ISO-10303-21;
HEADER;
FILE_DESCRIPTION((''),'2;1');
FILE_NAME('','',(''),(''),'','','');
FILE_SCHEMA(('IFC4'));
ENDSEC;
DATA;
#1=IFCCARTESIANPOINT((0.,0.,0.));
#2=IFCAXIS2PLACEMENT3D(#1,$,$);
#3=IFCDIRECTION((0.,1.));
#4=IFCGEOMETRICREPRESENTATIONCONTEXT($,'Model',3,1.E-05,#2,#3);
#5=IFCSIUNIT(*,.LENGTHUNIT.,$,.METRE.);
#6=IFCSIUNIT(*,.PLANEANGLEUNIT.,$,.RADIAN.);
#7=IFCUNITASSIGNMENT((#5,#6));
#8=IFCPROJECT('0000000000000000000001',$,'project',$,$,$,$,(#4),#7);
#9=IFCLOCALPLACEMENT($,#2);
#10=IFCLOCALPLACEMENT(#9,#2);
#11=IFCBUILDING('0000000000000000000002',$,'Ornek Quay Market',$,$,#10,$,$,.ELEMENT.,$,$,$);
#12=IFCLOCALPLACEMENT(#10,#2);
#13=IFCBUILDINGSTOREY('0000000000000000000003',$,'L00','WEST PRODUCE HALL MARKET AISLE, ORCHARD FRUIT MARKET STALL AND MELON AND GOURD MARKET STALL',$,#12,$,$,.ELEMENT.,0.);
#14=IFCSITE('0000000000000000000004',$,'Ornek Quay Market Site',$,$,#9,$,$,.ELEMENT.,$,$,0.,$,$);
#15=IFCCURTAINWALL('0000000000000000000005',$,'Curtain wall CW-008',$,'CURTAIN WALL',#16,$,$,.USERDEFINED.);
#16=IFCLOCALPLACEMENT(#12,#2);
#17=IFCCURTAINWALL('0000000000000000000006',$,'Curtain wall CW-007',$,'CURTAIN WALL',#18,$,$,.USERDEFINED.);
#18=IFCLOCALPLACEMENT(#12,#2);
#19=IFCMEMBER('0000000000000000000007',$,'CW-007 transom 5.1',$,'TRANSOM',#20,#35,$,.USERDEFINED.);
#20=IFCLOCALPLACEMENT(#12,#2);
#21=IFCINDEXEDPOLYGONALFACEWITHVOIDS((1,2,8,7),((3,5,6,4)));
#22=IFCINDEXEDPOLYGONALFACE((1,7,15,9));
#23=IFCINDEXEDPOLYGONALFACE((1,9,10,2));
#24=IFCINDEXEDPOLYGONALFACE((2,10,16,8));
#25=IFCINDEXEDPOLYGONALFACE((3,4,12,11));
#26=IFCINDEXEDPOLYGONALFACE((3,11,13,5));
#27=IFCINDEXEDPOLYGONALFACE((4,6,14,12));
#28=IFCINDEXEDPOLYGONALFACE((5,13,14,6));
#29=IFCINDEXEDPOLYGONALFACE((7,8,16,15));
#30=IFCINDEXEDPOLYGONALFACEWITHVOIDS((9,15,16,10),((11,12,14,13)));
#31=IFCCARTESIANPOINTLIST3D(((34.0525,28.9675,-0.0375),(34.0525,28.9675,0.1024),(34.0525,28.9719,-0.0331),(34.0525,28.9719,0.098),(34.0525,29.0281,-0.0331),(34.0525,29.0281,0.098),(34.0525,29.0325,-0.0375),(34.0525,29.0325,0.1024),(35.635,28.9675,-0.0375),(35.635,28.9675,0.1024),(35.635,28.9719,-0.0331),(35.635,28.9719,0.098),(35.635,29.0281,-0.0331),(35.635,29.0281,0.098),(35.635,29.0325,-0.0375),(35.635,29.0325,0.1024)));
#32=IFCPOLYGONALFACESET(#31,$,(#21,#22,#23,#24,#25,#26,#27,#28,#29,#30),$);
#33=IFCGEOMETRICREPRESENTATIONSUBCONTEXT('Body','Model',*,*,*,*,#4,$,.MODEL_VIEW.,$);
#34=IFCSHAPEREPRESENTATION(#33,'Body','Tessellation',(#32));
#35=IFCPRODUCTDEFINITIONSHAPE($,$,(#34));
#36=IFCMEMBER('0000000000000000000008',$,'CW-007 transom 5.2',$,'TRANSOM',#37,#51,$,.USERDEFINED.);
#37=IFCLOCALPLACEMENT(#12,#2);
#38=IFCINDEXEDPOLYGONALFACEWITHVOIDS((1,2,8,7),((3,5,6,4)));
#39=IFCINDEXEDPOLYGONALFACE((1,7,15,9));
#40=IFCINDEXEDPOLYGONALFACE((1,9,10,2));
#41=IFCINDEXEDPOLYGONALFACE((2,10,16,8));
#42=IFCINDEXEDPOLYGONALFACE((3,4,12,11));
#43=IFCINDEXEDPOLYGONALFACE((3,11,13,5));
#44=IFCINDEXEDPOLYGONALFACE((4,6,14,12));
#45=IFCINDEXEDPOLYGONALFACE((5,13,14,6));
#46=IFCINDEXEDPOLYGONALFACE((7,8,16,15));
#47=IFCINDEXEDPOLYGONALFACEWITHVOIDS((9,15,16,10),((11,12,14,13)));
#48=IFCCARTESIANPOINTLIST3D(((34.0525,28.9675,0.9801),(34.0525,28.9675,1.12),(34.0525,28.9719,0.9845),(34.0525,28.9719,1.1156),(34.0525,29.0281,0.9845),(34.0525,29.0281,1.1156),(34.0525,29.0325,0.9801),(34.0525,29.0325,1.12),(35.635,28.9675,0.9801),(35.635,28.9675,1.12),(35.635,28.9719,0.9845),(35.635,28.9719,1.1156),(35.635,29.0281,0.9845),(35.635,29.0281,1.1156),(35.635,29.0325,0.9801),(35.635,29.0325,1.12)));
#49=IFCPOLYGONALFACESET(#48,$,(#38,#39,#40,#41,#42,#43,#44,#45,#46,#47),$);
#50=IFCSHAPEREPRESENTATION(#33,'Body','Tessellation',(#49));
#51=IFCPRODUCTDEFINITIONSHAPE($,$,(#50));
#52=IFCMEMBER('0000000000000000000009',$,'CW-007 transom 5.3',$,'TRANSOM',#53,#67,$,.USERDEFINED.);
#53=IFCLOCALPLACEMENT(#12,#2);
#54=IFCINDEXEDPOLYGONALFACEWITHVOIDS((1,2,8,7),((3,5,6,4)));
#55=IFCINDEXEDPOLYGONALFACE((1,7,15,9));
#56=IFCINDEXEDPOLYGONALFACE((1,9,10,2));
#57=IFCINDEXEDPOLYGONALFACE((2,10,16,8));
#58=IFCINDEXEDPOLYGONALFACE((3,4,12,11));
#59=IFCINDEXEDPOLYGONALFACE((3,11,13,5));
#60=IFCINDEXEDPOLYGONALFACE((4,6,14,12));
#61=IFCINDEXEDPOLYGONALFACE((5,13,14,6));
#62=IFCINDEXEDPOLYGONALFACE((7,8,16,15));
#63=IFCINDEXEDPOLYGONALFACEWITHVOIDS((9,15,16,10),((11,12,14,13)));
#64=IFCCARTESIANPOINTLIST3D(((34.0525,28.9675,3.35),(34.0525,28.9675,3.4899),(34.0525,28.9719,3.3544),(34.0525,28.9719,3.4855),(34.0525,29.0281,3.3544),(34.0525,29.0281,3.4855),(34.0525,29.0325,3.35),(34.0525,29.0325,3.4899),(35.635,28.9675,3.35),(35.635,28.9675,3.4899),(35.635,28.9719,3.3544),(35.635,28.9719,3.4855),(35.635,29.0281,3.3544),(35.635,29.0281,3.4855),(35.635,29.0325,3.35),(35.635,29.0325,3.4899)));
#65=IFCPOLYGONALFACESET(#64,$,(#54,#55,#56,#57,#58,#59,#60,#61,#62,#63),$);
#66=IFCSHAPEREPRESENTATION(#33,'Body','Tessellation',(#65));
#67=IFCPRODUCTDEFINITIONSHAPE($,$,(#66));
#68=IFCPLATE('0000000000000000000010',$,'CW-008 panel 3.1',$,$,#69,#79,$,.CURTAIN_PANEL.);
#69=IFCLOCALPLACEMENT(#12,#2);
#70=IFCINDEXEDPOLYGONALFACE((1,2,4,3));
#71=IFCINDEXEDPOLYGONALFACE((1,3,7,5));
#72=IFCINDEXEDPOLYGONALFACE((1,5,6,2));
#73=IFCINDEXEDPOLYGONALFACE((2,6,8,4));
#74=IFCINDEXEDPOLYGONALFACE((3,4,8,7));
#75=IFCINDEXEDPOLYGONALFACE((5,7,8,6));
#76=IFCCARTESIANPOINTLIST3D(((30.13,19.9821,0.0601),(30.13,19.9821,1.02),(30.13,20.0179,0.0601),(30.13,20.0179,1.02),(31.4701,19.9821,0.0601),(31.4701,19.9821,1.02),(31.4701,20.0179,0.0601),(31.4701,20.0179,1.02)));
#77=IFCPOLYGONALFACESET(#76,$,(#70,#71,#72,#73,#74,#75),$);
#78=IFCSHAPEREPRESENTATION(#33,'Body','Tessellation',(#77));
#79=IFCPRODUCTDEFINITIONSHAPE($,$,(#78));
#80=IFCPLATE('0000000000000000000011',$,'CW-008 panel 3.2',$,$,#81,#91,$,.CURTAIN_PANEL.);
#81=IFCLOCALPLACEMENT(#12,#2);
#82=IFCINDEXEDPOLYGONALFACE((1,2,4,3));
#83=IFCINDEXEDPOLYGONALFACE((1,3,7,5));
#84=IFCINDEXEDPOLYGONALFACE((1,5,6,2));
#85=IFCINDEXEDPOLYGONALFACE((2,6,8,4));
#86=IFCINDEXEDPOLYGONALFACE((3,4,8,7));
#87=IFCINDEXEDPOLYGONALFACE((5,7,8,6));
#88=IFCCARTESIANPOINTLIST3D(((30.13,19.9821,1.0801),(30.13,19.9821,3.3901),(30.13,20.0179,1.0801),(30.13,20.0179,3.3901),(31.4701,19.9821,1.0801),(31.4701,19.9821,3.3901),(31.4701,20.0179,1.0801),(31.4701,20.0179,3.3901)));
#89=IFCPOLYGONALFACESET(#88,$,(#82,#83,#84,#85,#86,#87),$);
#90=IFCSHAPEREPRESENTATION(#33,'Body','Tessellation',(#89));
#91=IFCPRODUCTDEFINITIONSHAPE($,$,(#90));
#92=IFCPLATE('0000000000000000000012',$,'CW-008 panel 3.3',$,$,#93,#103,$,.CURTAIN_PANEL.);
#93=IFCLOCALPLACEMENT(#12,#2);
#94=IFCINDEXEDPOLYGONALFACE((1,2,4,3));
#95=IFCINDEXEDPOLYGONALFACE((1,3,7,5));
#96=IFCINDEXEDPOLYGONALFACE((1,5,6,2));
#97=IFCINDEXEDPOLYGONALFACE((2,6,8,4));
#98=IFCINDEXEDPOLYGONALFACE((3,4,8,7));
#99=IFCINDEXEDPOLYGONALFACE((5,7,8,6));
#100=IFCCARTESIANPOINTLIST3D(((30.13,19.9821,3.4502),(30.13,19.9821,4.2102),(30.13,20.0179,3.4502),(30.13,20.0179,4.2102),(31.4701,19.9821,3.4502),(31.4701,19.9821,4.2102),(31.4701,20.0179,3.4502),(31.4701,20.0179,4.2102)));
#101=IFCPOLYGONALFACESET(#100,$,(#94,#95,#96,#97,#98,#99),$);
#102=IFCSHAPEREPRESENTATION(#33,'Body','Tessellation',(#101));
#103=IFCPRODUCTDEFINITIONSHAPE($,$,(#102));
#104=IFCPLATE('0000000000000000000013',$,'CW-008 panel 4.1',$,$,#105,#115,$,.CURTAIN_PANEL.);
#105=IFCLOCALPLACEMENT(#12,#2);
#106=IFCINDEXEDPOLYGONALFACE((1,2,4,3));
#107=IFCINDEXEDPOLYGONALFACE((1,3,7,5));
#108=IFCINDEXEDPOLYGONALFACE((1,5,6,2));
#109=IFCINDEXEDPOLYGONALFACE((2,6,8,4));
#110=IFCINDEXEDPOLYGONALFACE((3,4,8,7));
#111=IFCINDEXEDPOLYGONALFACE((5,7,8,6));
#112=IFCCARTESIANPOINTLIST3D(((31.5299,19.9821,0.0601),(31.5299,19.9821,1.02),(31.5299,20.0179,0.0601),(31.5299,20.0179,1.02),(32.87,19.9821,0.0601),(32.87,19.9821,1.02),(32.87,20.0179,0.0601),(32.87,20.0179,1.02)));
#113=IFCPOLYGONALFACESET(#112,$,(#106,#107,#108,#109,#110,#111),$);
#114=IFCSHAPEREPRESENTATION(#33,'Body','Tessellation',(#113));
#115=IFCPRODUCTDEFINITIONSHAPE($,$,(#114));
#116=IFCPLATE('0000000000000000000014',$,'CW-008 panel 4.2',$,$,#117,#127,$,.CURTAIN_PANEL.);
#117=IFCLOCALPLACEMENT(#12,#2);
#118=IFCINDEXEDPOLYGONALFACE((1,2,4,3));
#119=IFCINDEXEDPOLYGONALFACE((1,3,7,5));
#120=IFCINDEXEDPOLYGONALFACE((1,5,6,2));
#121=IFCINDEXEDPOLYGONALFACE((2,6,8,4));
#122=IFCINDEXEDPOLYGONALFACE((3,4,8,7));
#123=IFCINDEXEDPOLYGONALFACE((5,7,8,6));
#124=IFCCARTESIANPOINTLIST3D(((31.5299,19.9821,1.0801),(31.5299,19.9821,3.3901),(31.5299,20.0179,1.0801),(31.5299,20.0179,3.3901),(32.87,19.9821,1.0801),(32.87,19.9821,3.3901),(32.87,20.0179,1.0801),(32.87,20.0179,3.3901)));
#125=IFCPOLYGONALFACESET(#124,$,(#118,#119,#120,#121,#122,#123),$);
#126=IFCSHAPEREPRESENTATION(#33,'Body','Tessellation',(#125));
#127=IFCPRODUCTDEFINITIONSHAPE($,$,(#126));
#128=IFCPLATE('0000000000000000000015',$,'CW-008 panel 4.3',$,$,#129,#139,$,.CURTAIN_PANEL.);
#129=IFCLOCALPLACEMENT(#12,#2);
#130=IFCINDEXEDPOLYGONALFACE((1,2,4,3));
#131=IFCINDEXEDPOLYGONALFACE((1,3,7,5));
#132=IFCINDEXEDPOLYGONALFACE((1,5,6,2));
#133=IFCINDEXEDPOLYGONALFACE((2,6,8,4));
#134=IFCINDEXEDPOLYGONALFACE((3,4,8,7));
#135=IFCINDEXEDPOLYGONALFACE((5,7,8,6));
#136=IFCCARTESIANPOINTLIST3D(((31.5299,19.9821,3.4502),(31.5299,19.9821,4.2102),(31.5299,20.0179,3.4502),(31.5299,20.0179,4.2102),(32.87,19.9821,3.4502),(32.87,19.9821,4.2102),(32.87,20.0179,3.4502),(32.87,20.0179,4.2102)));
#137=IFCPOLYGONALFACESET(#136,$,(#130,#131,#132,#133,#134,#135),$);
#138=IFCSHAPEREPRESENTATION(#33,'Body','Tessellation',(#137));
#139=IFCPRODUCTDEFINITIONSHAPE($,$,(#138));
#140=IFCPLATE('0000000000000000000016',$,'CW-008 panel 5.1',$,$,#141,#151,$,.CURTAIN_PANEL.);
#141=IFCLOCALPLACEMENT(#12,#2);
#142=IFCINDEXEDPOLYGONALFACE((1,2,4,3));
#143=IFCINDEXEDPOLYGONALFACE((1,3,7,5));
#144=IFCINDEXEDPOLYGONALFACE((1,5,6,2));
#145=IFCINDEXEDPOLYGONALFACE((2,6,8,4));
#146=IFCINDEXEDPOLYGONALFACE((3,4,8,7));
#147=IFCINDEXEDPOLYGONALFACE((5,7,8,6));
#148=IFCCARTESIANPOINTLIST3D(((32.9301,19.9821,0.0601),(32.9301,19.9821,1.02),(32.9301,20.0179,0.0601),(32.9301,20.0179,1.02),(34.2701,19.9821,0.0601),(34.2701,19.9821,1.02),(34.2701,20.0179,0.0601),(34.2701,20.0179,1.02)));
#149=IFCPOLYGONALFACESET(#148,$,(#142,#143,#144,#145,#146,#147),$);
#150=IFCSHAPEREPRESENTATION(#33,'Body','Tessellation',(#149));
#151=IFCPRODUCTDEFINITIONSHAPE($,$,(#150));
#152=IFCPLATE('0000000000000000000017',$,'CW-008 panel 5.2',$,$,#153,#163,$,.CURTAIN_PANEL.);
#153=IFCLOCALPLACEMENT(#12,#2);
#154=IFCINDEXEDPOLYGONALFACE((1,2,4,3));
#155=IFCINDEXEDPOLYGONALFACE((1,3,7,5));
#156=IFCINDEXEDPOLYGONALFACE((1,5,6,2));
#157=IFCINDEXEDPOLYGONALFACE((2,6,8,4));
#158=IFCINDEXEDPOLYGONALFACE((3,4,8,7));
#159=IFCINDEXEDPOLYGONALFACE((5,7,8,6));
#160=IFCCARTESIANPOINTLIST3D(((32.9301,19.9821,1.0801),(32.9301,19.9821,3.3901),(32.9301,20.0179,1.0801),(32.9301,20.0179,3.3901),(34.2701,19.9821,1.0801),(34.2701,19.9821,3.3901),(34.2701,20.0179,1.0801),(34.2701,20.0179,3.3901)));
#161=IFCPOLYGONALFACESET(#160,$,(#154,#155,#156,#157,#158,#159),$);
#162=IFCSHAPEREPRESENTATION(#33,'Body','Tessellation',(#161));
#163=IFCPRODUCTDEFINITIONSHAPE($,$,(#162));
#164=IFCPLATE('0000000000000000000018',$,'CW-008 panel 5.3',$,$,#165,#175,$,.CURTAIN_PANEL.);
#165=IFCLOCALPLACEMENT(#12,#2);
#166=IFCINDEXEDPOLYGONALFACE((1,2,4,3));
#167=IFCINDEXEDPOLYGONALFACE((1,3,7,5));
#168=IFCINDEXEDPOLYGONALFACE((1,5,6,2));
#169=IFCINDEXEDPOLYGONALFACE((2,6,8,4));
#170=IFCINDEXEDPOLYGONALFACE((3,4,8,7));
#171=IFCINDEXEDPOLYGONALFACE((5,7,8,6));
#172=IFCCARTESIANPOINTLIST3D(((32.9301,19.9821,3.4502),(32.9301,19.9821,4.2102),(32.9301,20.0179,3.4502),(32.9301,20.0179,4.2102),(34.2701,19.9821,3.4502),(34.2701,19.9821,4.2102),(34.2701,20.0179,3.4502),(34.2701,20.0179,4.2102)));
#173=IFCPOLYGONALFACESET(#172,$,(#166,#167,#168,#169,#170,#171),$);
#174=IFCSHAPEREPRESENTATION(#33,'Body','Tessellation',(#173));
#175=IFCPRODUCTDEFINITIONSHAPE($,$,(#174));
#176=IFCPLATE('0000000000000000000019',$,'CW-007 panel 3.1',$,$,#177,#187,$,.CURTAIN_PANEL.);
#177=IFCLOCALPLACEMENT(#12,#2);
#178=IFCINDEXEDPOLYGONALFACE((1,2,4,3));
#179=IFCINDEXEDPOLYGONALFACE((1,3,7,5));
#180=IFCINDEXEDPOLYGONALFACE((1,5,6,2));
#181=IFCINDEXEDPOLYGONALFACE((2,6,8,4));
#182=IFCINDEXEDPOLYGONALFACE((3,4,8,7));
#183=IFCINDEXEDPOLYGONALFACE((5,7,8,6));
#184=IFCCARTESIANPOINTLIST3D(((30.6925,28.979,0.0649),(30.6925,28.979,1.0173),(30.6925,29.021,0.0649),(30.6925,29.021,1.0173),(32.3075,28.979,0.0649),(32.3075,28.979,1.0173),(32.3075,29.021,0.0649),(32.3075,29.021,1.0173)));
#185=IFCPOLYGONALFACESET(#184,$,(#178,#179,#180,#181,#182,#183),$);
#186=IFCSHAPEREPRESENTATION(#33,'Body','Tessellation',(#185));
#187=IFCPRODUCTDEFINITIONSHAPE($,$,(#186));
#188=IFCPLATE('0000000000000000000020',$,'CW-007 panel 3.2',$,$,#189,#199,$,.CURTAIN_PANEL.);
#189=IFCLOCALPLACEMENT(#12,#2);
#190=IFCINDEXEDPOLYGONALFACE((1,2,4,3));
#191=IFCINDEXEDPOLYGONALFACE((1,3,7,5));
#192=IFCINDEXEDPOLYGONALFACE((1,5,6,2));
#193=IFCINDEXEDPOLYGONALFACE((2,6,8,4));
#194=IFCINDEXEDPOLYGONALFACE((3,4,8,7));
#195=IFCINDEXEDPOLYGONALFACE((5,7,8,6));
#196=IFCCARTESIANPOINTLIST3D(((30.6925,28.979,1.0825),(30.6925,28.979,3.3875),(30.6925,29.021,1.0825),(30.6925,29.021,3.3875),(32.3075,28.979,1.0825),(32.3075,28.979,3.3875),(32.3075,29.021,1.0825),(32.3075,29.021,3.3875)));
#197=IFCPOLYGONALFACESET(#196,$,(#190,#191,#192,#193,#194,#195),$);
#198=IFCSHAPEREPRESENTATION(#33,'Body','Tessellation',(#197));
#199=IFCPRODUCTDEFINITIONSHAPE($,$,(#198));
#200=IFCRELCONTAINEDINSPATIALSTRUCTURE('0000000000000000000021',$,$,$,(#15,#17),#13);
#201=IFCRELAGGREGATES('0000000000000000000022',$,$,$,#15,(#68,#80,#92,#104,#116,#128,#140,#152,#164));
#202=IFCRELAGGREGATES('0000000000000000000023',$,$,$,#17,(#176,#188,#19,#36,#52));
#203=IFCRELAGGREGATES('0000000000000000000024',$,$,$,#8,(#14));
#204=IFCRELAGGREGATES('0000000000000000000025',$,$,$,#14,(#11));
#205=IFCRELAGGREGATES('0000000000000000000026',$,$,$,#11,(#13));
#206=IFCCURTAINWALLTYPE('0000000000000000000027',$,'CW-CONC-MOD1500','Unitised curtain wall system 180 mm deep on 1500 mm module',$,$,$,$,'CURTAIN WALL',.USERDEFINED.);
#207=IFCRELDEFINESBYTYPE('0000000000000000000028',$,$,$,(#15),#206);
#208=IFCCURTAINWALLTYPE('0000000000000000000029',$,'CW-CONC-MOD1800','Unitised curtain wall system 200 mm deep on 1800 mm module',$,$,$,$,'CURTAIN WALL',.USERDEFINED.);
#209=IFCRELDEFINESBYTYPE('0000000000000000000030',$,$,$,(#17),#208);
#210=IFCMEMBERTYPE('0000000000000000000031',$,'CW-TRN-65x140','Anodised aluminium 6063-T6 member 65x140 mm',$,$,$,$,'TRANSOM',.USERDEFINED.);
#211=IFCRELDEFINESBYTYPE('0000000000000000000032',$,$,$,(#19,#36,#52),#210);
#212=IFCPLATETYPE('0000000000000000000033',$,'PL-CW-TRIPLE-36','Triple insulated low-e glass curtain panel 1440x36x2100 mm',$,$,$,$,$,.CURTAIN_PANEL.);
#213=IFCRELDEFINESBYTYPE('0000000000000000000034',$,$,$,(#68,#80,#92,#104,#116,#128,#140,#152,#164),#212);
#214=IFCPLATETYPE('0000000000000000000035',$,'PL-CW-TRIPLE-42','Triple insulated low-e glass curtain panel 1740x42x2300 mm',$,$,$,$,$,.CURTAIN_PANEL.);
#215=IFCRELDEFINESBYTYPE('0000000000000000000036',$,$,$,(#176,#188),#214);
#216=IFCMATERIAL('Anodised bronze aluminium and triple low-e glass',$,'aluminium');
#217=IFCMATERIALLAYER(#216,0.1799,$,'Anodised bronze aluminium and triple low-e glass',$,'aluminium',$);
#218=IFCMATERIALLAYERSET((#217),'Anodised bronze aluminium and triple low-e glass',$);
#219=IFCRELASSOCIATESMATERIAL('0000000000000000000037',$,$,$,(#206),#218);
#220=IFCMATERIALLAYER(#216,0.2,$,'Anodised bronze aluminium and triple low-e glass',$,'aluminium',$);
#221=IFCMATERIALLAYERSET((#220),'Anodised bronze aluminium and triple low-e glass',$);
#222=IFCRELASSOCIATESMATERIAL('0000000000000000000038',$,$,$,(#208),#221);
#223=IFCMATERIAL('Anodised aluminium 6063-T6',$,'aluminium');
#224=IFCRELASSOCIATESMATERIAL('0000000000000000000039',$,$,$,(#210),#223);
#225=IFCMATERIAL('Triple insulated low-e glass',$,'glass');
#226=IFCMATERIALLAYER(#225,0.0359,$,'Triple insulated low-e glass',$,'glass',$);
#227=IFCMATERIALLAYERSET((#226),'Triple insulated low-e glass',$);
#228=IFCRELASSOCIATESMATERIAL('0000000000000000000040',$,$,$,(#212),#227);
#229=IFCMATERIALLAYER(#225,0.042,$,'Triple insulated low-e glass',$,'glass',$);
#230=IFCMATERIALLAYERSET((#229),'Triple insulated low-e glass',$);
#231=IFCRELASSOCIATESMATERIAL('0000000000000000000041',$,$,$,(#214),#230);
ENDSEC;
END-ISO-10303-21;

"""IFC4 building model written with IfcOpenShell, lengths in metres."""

from ifc_helpers import new_model, si_unit, direction, frame, origin, origin_2d, place, context, subcontext, project, spatial, rectangle, hollow_rectangle, extrude, material, layer, layer_set, material_profile, profile_set, type_object, element, aggregate, save


model = new_model("IFC4")

# Units and contexts
model_context = context("Model", 3, precision=1e-05, world=origin(), true_north=direction((0.0, 1.0)))
body_context = subcontext(model_context, "Body", "Model", "MODEL_VIEW")
ifc_project = project(units=[si_unit("LENGTHUNIT", "METRE"), si_unit("PLANEANGLEUNIT", "RADIAN")], contexts=[model_context])

# Site, building, storey
site_placement = place(None, origin())
site = spatial("IfcSite", under=ifc_project, at=site_placement, Name="Ornek Quay Market Site", CompositionType="ELEMENT", RefElevation=0.0)
building_placement = place(site_placement, origin())
building = spatial("IfcBuilding", under=site, at=building_placement, Name="Ornek Quay Market", CompositionType="ELEMENT")
storey_placement = place(building_placement, origin())
storey = spatial("IfcBuildingStorey", under=building, at=storey_placement, Name="L00", Description="WEST PRODUCE HALL MARKET AISLE, ORCHARD FRUIT MARKET STALL AND MELON AND GOURD MARKET STALL", CompositionType="ELEMENT", Elevation=0.0)

# Curtain walls
ifc_material_1 = material(Name="Anodised bronze aluminium and triple low-e glass", Category="aluminium")
ifc_layer_1 = layer(ifc_material_1, 0.1799, Name="Anodised bronze aluminium and triple low-e glass", Category="aluminium")
ifc_layer_set_1 = layer_set([ifc_layer_1], Name="Anodised bronze aluminium and triple low-e glass")
curtain_wall_type_1 = type_object("IfcCurtainWallType", Name="CW-CONC-MOD1500", Description="Unitised curtain wall system 180 mm deep on 1500 mm module", ElementType="CURTAIN WALL", PredefinedType="USERDEFINED", material=ifc_layer_set_1)
curtain_wall_1_placement = place(storey_placement, origin())
curtain_wall_1 = element("IfcCurtainWall", 1, at=curtain_wall_1_placement, inside=storey, type_object=curtain_wall_type_1, Name="Curtain wall CW-008", ObjectType="CURTAIN WALL", PredefinedType="USERDEFINED")
ifc_material_2 = material(Name="Anodised aluminium 6063-T6", Category="aluminium")
ifc_layer_2 = layer(ifc_material_1, 0.2, Name="Anodised bronze aluminium and triple low-e glass", Category="aluminium")
ifc_layer_set_2 = layer_set([ifc_layer_2], Name="Anodised bronze aluminium and triple low-e glass")
curtain_wall_type_2 = type_object("IfcCurtainWallType", Name="CW-CONC-MOD1800", Description="Unitised curtain wall system 200 mm deep on 1800 mm module", ElementType="CURTAIN WALL", PredefinedType="USERDEFINED", material=ifc_layer_set_2)
curtain_wall_2_placement = place(storey_placement, origin())
curtain_wall_2 = element("IfcCurtainWall", 2, at=curtain_wall_2_placement, inside=storey, type_object=curtain_wall_type_2, Name="Curtain wall CW-007", ObjectType="CURTAIN WALL", PredefinedType="USERDEFINED")

# Members
ifc_material_profile_1 = material_profile(ifc_material_2, hollow_rectangle(XDim=0.0649, YDim=0.1399, WallThickness=0.0044, at=origin_2d()), Name="CW-TRN-65x140", Category="aluminium")
ifc_profile_set_1 = profile_set([ifc_material_profile_1], Name="Anodised aluminium 6063-T6")
member_type_1 = type_object("IfcMemberType", Name="CW-TRN-65x140", Description="Anodised aluminium 6063-T6 member 65x140 mm", ElementType="TRANSOM", PredefinedType="USERDEFINED", material=ifc_profile_set_1)
member_1_placement = place(storey_placement, frame((34.0525, 29.0, 0.0325), z_axis=(1.0, 0.0, 0.0), x_axis=(0.0, 1.0, 0.0)))
member_1 = element("IfcMember", 3, at=member_1_placement, type_object=member_type_1, Name="CW-007 transom 5.1", ObjectType="TRANSOM", PredefinedType="USERDEFINED", context=body_context, shape_type="SweptSolid", body=[
    extrude(hollow_rectangle(XDim=0.0649, YDim=0.1399, WallThickness=0.0044, at=origin_2d()), origin(), (0.0, 0.0, 1.0), 1.5825),
])
member_2_placement = place(storey_placement, frame((34.0525, 29.0, 1.05), z_axis=(1.0, 0.0, 0.0), x_axis=(0.0, 1.0, 0.0)))
member_2 = element("IfcMember", 4, at=member_2_placement, type_object=member_type_1, Name="CW-007 transom 5.2", ObjectType="TRANSOM", PredefinedType="USERDEFINED", context=body_context, shape_type="SweptSolid", body=[
    extrude(hollow_rectangle(XDim=0.0649, YDim=0.1399, WallThickness=0.0044, at=origin_2d()), origin(), (0.0, 0.0, 1.0), 1.5825),
])
member_3_placement = place(storey_placement, frame((34.0525, 29.0, 3.4199), z_axis=(1.0, 0.0, 0.0), x_axis=(0.0, 1.0, 0.0)))
member_3 = element("IfcMember", 5, at=member_3_placement, type_object=member_type_1, Name="CW-007 transom 5.3", ObjectType="TRANSOM", PredefinedType="USERDEFINED", context=body_context, shape_type="SweptSolid", body=[
    extrude(hollow_rectangle(XDim=0.0649, YDim=0.1399, WallThickness=0.0044, at=origin_2d()), origin(), (0.0, 0.0, 1.0), 1.5825),
])

# Plates
ifc_material_3 = material(Name="Triple insulated low-e glass", Category="glass")
ifc_layer_3 = layer(ifc_material_3, 0.0359, Name="Triple insulated low-e glass", Category="glass")
ifc_layer_set_3 = layer_set([ifc_layer_3], Name="Triple insulated low-e glass")
plate_type_1 = type_object("IfcPlateType", Name="PL-CW-TRIPLE-36", Description="Triple insulated low-e glass curtain panel 1440x36x2100 mm", PredefinedType="CURTAIN_PANEL", material=ifc_layer_set_3)
plate_1_placement = place(storey_placement, frame((30.8, 20.0, 0.0601), z_axis=(0.0, 0.0, 1.0), x_axis=(1.0, 0.0, 0.0)))
plate_1 = element("IfcPlate", 6, at=plate_1_placement, type_object=plate_type_1, Name="CW-008 panel 3.1", PredefinedType="CURTAIN_PANEL", context=body_context, shape_type="SweptSolid", body=[
    extrude(rectangle(XDim=1.3401, YDim=0.0359, at=origin_2d()), origin(), (0.0, 0.0, 1.0), 0.96),
])
plate_2_placement = place(storey_placement, frame((30.8, 20.0, 1.0801), z_axis=(0.0, 0.0, 1.0), x_axis=(1.0, 0.0, 0.0)))
plate_2 = element("IfcPlate", 7, at=plate_2_placement, type_object=plate_type_1, Name="CW-008 panel 3.2", PredefinedType="CURTAIN_PANEL", context=body_context, shape_type="SweptSolid", body=[
    extrude(rectangle(XDim=1.3401, YDim=0.0359, at=origin_2d()), origin(), (0.0, 0.0, 1.0), 2.3101),
])
plate_3_placement = place(storey_placement, frame((30.8, 20.0, 3.4502), z_axis=(0.0, 0.0, 1.0), x_axis=(1.0, 0.0, 0.0)))
plate_3 = element("IfcPlate", 8, at=plate_3_placement, type_object=plate_type_1, Name="CW-008 panel 3.3", PredefinedType="CURTAIN_PANEL", context=body_context, shape_type="SweptSolid", body=[
    extrude(rectangle(XDim=1.3401, YDim=0.0359, at=origin_2d()), origin(), (0.0, 0.0, 1.0), 0.76),
])
plate_4_placement = place(storey_placement, frame((32.2, 20.0, 0.0601), z_axis=(0.0, 0.0, 1.0), x_axis=(1.0, 0.0, 0.0)))
plate_4 = element("IfcPlate", 9, at=plate_4_placement, type_object=plate_type_1, Name="CW-008 panel 4.1", PredefinedType="CURTAIN_PANEL", context=body_context, shape_type="SweptSolid", body=[
    extrude(rectangle(XDim=1.3401, YDim=0.0359, at=origin_2d()), origin(), (0.0, 0.0, 1.0), 0.96),
])
plate_5_placement = place(storey_placement, frame((32.2, 20.0, 1.0801), z_axis=(0.0, 0.0, 1.0), x_axis=(1.0, 0.0, 0.0)))
plate_5 = element("IfcPlate", 10, at=plate_5_placement, type_object=plate_type_1, Name="CW-008 panel 4.2", PredefinedType="CURTAIN_PANEL", context=body_context, shape_type="SweptSolid", body=[
    extrude(rectangle(XDim=1.3401, YDim=0.0359, at=origin_2d()), origin(), (0.0, 0.0, 1.0), 2.3101),
])
plate_6_placement = place(storey_placement, frame((32.2, 20.0, 3.4502), z_axis=(0.0, 0.0, 1.0), x_axis=(1.0, 0.0, 0.0)))
plate_6 = element("IfcPlate", 11, at=plate_6_placement, type_object=plate_type_1, Name="CW-008 panel 4.3", PredefinedType="CURTAIN_PANEL", context=body_context, shape_type="SweptSolid", body=[
    extrude(rectangle(XDim=1.3401, YDim=0.0359, at=origin_2d()), origin(), (0.0, 0.0, 1.0), 0.76),
])
plate_7_placement = place(storey_placement, frame((33.6001, 20.0, 0.0601), z_axis=(0.0, 0.0, 1.0), x_axis=(1.0, 0.0, 0.0)))
plate_7 = element("IfcPlate", 12, at=plate_7_placement, type_object=plate_type_1, Name="CW-008 panel 5.1", PredefinedType="CURTAIN_PANEL", context=body_context, shape_type="SweptSolid", body=[
    extrude(rectangle(XDim=1.3401, YDim=0.0359, at=origin_2d()), origin(), (0.0, 0.0, 1.0), 0.96),
])
plate_8_placement = place(storey_placement, frame((33.6001, 20.0, 1.0801), z_axis=(0.0, 0.0, 1.0), x_axis=(1.0, 0.0, 0.0)))
plate_8 = element("IfcPlate", 13, at=plate_8_placement, type_object=plate_type_1, Name="CW-008 panel 5.2", PredefinedType="CURTAIN_PANEL", context=body_context, shape_type="SweptSolid", body=[
    extrude(rectangle(XDim=1.3401, YDim=0.0359, at=origin_2d()), origin(), (0.0, 0.0, 1.0), 2.3101),
])
plate_9_placement = place(storey_placement, frame((33.6001, 20.0, 3.4502), z_axis=(0.0, 0.0, 1.0), x_axis=(1.0, 0.0, 0.0)))
plate_9 = element("IfcPlate", 14, at=plate_9_placement, type_object=plate_type_1, Name="CW-008 panel 5.3", PredefinedType="CURTAIN_PANEL", context=body_context, shape_type="SweptSolid", body=[
    extrude(rectangle(XDim=1.3401, YDim=0.0359, at=origin_2d()), origin(), (0.0, 0.0, 1.0), 0.76),
])
aggregate(curtain_wall_1, [plate_1, plate_2, plate_3, plate_4, plate_5, plate_6, plate_7, plate_8, plate_9])
ifc_layer_4 = layer(ifc_material_3, 0.042, Name="Triple insulated low-e glass", Category="glass")
ifc_layer_set_4 = layer_set([ifc_layer_4], Name="Triple insulated low-e glass")
plate_type_2 = type_object("IfcPlateType", Name="PL-CW-TRIPLE-42", Description="Triple insulated low-e glass curtain panel 1740x42x2300 mm", PredefinedType="CURTAIN_PANEL", material=ifc_layer_set_4)
plate_10_placement = place(storey_placement, frame((31.5, 29.0, 0.0649), z_axis=(0.0, 0.0, 1.0), x_axis=(1.0, 0.0, 0.0)))
plate_10 = element("IfcPlate", 15, at=plate_10_placement, type_object=plate_type_2, Name="CW-007 panel 3.1", PredefinedType="CURTAIN_PANEL", context=body_context, shape_type="SweptSolid", body=[
    extrude(rectangle(XDim=1.615, YDim=0.042, at=origin_2d()), origin(), (0.0, 0.0, 1.0), 0.9524),
])
plate_11_placement = place(storey_placement, frame((31.5, 29.0, 1.0825), z_axis=(0.0, 0.0, 1.0), x_axis=(1.0, 0.0, 0.0)))
plate_11 = element("IfcPlate", 16, at=plate_11_placement, type_object=plate_type_2, Name="CW-007 panel 3.2", PredefinedType="CURTAIN_PANEL", context=body_context, shape_type="SweptSolid", body=[
    extrude(rectangle(XDim=1.615, YDim=0.042, at=origin_2d()), origin(), (0.0, 0.0, 1.0), 2.3049),
])
aggregate(curtain_wall_2, [plate_10, plate_11, member_1, member_2, member_3])

save(model, "model.ifc")
